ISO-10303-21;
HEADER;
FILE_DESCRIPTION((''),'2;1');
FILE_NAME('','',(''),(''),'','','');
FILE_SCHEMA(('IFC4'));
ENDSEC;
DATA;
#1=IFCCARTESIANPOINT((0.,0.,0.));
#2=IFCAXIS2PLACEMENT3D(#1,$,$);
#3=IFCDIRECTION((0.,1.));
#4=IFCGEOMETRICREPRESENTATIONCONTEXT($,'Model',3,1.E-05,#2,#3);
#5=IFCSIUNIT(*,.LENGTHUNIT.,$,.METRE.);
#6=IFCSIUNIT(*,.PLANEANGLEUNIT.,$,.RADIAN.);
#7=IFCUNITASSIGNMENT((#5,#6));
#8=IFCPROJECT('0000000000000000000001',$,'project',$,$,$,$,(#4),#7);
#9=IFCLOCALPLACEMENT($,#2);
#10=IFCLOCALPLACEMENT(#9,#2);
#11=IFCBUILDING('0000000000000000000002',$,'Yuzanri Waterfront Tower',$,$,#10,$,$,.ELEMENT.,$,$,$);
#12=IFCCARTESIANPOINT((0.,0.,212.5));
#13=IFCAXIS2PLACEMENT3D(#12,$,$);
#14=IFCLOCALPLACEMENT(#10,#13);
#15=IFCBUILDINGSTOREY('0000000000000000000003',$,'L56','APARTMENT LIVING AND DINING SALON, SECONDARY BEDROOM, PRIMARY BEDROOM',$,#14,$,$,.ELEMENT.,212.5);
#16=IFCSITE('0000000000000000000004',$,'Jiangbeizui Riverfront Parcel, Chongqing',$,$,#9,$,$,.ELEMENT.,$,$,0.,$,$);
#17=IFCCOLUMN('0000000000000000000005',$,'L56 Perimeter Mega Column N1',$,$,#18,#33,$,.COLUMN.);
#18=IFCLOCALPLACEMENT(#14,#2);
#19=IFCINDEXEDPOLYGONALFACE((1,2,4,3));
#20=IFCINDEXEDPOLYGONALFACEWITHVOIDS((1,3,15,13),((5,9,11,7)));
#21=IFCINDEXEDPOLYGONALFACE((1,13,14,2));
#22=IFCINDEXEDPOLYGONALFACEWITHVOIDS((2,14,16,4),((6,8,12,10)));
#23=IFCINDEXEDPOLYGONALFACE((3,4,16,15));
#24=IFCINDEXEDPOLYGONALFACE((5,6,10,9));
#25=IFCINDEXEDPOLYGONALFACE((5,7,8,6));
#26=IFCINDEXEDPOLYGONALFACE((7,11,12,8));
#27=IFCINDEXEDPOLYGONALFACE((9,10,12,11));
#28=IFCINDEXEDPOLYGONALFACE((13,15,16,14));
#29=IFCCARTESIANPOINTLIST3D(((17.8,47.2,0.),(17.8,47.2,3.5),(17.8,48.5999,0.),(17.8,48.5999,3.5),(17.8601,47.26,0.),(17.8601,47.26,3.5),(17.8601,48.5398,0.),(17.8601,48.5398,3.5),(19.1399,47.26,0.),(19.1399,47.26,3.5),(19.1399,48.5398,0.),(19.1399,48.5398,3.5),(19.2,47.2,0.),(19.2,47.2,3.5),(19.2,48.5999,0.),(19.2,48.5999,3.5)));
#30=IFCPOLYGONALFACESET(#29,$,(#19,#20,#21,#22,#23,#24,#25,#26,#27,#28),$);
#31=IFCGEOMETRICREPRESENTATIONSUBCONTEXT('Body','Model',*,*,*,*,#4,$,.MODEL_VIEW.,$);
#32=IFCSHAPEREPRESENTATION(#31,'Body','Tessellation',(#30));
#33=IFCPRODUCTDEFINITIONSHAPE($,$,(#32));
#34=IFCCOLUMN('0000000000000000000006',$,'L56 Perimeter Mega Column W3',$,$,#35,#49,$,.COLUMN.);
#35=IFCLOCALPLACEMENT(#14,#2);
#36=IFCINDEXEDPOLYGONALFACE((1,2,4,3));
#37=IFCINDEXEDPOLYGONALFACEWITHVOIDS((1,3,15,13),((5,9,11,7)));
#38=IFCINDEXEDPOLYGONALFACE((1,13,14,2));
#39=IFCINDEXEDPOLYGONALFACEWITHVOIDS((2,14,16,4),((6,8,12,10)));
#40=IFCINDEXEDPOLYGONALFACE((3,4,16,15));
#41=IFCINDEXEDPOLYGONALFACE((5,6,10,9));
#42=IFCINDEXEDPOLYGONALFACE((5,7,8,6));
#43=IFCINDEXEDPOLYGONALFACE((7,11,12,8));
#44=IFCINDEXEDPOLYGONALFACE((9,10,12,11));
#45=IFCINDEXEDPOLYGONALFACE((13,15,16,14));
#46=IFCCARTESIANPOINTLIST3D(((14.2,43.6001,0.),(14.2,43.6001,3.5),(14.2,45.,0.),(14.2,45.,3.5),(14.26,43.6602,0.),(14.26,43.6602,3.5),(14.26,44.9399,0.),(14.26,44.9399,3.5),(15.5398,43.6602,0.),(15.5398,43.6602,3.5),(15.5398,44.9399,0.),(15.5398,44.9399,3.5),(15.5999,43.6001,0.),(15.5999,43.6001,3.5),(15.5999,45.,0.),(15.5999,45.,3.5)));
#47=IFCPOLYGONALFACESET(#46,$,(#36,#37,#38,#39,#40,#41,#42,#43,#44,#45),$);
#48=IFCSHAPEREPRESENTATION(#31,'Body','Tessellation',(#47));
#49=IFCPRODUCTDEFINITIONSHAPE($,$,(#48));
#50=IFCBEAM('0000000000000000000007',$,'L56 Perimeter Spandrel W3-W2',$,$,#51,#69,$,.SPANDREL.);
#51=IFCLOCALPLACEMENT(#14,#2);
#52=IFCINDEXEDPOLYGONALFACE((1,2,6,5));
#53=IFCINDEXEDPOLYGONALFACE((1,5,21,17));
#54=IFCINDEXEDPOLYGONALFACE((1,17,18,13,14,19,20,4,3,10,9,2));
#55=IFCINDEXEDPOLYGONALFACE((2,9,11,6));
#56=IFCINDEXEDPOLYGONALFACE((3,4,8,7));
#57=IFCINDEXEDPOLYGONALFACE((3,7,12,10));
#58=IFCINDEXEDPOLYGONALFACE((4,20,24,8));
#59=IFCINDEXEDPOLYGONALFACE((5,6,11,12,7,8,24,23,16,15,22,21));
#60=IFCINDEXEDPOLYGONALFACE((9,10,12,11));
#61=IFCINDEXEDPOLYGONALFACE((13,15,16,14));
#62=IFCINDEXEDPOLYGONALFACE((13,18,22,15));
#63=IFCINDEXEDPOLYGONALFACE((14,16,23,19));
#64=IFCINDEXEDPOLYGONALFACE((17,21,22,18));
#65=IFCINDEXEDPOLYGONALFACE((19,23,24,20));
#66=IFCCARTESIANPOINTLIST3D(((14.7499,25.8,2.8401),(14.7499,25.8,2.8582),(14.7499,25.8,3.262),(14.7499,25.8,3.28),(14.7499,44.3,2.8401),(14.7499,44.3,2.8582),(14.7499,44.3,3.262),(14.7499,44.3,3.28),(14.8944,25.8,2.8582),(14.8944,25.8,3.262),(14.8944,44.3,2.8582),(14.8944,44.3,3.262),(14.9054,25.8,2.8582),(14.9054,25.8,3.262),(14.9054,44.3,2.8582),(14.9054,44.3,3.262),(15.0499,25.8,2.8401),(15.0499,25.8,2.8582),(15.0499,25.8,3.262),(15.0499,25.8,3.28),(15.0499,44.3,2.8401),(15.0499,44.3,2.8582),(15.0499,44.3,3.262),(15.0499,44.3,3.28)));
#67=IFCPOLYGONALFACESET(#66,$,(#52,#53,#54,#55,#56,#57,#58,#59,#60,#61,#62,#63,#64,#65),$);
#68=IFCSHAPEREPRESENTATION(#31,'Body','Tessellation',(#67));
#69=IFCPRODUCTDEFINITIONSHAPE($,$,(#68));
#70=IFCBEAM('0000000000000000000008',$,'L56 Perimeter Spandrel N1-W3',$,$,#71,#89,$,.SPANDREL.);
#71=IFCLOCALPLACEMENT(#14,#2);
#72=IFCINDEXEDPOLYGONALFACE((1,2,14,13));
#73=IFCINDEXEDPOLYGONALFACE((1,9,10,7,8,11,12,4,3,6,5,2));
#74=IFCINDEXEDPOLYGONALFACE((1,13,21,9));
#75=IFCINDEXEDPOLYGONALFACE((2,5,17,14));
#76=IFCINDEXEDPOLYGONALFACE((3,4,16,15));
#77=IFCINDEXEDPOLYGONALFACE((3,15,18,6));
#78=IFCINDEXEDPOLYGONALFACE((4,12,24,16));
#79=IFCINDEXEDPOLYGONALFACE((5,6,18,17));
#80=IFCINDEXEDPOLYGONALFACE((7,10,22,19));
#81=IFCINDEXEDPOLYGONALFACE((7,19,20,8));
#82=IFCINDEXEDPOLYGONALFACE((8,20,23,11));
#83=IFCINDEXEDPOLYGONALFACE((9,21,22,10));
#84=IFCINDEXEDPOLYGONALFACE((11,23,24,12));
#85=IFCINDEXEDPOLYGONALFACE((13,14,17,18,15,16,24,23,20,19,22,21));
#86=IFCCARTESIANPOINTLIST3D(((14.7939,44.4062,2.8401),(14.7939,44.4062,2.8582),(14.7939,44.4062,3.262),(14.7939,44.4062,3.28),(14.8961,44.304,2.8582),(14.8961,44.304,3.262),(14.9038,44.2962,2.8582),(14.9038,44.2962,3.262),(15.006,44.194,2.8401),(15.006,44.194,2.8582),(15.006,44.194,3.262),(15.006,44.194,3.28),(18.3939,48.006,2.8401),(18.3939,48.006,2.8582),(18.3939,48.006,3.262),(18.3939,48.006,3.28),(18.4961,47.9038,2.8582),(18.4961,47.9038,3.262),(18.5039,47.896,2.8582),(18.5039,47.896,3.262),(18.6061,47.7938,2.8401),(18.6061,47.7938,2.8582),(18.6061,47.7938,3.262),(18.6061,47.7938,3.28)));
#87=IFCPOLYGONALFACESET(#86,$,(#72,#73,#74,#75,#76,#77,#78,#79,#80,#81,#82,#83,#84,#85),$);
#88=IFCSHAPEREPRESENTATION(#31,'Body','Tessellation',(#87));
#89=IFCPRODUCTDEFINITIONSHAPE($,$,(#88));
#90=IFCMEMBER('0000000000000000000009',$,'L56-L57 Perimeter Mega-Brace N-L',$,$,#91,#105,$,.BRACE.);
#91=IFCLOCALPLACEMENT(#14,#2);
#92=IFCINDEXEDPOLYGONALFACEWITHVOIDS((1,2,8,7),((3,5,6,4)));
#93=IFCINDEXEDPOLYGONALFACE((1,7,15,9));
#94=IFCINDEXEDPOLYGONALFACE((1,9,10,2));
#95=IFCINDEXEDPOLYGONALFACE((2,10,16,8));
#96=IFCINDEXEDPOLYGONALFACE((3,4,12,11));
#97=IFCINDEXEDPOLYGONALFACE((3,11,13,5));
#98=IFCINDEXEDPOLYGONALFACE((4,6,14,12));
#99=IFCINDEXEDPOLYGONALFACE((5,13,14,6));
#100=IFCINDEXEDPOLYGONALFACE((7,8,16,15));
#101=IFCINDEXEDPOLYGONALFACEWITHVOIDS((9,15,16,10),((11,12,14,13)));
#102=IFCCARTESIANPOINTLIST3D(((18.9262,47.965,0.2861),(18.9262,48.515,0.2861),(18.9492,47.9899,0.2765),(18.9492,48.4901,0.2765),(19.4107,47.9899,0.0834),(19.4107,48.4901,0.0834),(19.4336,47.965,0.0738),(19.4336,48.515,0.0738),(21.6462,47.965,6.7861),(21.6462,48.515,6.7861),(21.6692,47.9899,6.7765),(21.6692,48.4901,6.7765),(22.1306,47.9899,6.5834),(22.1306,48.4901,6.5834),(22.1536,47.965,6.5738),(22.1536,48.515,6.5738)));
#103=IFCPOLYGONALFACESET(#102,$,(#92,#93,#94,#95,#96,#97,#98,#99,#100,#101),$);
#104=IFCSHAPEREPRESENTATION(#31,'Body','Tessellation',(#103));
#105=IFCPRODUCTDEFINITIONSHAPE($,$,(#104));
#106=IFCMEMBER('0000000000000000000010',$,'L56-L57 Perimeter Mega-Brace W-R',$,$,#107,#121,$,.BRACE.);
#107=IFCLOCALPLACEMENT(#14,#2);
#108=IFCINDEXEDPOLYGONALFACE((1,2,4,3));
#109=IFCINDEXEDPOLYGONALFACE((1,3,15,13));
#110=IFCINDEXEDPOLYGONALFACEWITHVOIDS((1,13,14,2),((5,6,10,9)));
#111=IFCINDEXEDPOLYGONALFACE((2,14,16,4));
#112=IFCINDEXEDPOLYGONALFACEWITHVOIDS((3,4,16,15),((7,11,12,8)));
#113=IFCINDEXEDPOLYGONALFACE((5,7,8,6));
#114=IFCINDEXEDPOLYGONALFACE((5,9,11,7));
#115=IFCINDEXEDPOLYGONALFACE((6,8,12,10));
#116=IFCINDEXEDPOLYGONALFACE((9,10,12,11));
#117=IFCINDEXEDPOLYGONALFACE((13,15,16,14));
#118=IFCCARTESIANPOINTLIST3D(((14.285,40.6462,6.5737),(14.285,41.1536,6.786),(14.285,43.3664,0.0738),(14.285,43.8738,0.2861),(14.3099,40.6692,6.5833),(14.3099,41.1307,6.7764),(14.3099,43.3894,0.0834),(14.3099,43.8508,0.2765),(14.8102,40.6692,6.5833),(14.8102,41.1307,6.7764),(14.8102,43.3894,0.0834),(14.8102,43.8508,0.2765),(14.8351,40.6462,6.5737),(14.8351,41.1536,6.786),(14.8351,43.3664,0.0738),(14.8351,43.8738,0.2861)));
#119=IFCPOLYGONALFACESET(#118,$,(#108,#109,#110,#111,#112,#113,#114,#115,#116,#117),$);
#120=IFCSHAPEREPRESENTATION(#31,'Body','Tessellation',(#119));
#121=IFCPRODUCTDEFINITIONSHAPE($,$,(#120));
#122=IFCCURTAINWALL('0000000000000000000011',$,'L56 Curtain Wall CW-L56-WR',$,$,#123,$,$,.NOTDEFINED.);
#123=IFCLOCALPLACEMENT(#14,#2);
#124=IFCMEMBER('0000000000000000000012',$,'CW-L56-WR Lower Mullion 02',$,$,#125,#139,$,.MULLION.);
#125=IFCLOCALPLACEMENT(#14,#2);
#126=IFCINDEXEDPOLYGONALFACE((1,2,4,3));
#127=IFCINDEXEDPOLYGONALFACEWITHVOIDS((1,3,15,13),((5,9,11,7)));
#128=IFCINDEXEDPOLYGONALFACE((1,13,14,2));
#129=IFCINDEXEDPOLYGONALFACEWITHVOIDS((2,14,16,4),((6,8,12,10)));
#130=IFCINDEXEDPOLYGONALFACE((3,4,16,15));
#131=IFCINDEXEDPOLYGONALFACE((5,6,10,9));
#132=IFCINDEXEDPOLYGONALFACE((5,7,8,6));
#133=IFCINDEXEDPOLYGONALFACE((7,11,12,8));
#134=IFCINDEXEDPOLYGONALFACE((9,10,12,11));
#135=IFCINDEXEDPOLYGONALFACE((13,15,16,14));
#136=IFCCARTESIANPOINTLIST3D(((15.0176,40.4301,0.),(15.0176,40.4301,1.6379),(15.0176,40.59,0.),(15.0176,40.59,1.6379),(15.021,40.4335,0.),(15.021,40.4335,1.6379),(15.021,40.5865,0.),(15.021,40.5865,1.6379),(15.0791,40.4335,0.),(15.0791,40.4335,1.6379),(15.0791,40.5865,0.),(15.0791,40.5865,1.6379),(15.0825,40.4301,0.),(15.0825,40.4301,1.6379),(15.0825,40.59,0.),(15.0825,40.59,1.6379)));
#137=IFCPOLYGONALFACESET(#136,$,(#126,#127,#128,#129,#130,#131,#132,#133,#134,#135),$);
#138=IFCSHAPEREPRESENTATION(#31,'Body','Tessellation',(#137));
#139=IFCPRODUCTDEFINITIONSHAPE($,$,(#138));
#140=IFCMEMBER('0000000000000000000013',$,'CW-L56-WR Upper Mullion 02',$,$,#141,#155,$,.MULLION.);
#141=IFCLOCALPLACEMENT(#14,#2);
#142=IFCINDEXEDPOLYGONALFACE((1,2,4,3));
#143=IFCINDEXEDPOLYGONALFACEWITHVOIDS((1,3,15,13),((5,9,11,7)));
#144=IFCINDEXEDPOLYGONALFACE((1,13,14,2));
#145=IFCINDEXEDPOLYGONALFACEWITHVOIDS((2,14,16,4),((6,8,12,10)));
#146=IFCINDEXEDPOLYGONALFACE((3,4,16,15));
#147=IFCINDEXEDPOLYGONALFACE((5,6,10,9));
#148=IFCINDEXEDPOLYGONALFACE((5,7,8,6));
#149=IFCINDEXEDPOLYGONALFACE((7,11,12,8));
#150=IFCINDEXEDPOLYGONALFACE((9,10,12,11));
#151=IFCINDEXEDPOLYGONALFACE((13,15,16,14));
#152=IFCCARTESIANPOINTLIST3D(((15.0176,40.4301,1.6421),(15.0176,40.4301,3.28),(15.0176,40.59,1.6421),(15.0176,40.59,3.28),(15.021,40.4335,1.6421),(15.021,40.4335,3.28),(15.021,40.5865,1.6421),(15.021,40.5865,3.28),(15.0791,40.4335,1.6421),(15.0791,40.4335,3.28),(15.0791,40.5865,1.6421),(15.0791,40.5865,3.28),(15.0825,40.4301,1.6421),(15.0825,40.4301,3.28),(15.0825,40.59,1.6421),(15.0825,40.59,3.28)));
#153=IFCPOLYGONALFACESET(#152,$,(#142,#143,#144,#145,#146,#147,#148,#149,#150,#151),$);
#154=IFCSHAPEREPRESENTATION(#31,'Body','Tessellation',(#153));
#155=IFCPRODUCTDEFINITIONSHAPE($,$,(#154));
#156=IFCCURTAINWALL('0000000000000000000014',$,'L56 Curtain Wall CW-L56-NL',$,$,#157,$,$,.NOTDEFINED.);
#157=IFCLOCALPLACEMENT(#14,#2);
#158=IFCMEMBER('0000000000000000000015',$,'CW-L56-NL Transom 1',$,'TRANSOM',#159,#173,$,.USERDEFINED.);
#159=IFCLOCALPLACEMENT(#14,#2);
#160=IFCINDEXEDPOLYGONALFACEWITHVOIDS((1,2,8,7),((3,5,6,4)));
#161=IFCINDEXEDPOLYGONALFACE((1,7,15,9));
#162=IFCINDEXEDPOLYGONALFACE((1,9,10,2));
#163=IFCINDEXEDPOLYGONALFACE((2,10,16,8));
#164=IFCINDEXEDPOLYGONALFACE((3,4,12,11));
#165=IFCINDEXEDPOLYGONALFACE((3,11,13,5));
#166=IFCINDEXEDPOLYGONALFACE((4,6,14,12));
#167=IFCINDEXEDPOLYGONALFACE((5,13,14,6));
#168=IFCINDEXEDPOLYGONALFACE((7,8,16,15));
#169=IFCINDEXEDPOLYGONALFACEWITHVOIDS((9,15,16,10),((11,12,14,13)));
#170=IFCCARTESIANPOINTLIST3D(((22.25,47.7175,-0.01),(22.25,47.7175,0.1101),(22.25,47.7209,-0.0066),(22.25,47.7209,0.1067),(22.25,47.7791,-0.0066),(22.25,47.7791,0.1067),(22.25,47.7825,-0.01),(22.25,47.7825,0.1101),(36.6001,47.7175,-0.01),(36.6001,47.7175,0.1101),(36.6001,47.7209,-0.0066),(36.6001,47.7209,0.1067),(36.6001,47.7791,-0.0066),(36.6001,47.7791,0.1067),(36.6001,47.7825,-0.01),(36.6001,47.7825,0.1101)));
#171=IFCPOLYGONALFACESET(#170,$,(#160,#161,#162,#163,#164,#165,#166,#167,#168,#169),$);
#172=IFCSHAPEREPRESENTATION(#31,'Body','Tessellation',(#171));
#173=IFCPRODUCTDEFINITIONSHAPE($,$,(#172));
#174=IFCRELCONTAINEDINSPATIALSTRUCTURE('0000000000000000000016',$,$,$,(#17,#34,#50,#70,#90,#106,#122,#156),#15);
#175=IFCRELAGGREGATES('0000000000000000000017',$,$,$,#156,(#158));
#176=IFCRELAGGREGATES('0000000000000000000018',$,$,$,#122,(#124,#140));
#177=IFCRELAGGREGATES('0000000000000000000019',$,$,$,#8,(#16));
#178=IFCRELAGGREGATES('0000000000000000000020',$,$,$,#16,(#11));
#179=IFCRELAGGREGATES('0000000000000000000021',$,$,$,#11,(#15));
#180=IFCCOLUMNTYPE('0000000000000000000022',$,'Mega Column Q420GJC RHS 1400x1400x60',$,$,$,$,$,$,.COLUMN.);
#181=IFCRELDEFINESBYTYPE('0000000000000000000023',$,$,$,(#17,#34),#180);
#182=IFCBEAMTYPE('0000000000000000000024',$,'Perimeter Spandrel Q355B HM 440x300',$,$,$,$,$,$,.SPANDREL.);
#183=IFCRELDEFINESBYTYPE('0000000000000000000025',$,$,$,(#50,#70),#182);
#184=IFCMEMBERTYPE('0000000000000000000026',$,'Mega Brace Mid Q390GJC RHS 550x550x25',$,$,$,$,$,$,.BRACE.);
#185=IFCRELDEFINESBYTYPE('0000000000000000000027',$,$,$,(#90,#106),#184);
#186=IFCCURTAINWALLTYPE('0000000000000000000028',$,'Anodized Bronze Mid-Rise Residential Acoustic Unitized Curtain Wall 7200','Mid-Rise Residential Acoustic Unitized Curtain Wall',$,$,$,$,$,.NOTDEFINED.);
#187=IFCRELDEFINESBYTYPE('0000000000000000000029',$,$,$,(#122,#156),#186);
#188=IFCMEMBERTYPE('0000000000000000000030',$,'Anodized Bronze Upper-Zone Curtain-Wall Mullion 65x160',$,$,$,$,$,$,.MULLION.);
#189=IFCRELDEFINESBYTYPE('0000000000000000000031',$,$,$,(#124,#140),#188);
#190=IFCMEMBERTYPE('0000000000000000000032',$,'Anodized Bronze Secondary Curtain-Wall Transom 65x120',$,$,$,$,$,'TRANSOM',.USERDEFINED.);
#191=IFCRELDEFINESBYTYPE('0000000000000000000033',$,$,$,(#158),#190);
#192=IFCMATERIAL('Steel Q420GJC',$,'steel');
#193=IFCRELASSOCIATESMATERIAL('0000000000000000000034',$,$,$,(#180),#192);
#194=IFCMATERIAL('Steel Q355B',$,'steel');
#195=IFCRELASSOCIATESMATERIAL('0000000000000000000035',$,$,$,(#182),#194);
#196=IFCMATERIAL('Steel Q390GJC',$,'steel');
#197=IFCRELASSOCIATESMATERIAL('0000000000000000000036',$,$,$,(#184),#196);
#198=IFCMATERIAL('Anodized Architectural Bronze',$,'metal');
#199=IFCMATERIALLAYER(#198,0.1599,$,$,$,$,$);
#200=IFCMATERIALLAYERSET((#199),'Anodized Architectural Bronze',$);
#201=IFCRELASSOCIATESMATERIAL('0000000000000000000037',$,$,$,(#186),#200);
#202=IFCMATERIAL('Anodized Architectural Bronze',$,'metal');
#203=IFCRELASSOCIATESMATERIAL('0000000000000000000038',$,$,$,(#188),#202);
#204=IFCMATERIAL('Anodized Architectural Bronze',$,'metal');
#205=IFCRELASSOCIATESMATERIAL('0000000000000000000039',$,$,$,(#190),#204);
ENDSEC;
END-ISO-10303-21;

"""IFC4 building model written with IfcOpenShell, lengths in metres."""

from ifc_helpers import new_model, si_unit, direction, frame, origin, origin_2d, place, context, subcontext, project, spatial, hollow_rectangle, i_section, extrude, source, transform, mapped, material, layer, layer_set, material_profile, profile_set, type_object, element, aggregate, save


model = new_model("IFC4")

# Units and contexts
model_context = context("Model", 3, precision=1e-05, world=origin(), true_north=direction((0.0, 1.0)))
body_context = subcontext(model_context, "Body", "Model", "MODEL_VIEW")
ifc_project = project(units=[si_unit("LENGTHUNIT", "METRE"), si_unit("PLANEANGLEUNIT", "RADIAN")], contexts=[model_context])

# Site, building, storey
site_placement = place(None, origin())
site = spatial("IfcSite", under=ifc_project, at=site_placement, Name="Jiangbeizui Riverfront Parcel, Chongqing", CompositionType="ELEMENT", RefElevation=0.0)
building_placement = place(site_placement, origin())
building = spatial("IfcBuilding", under=site, at=building_placement, Name="Yuzanri Waterfront Tower", CompositionType="ELEMENT")
storey_placement = place(building_placement, frame((0.0, 0.0, 212.5)))
storey = spatial("IfcBuildingStorey", under=building, at=storey_placement, Name="L56", Description="APARTMENT LIVING AND DINING SALON, SECONDARY BEDROOM, PRIMARY BEDROOM", CompositionType="ELEMENT", Elevation=212.5)

# Columns
ifc_material_1 = material(Name="Steel Q420GJC", Category="steel")
ifc_material_profile_1 = material_profile(ifc_material_1, hollow_rectangle(XDim=1.3999, YDim=1.3999, WallThickness=0.0601, at=origin_2d()), Name="RHS 1400x1400x60")
ifc_profile_set_1 = profile_set([ifc_material_profile_1], Name="Steel Q420GJC")
column_type = type_object("IfcColumnType", Name="Mega Column Q420GJC RHS 1400x1400x60", PredefinedType="COLUMN", material=ifc_profile_set_1)
shared_shape_1 = source(origin(), body_context, "Body", "SweptSolid", [
    extrude(hollow_rectangle(XDim=1.3999, YDim=1.3999, WallThickness=0.0601, at=origin_2d()), origin(), (0.0, 0.0, 1.0), 3.5),
])
for number, where, z_axis, x_axis, name in (
    (1, (18.5, 47.8999, 0.0), (0.0, 0.0, 1.0), (1.0, 0.0, 0.0), "L56 Perimeter Mega Column N1"),
    (2, (14.8999, 44.3, 0.0), (0.0, 0.0, 1.0), (1.0, 0.0, 0.0), "L56 Perimeter Mega Column W3"),
):
    element("IfcColumn", number, at=place(storey_placement, frame(where, z_axis=z_axis, x_axis=x_axis)), inside=storey, type_object=column_type, Name=name, PredefinedType="COLUMN", context=body_context, shape_type="MappedRepresentation", body=[
        mapped(shared_shape_1, transform((0.0, 0.0, 0.0), scale=1.0)),
    ])

# Beams
ifc_material_2 = material(Name="Steel Q355B", Category="steel")
ifc_material_profile_2 = material_profile(ifc_material_2, i_section(OverallWidth=0.3, OverallDepth=0.4399, WebThickness=0.011, FlangeThickness=0.0181, at=origin_2d()), Name="HM 440x300x11x18")
ifc_profile_set_2 = profile_set([ifc_material_profile_2], Name="Steel Q355B")
beam_type = type_object("IfcBeamType", Name="Perimeter Spandrel Q355B HM 440x300", PredefinedType="SPANDREL", material=ifc_profile_set_2)
shared_shape_2 = source(origin(), body_context, "Body", "SweptSolid", [
    extrude(i_section(OverallWidth=0.3, OverallDepth=0.4399, WebThickness=0.011, FlangeThickness=0.0181, at=origin_2d()), origin(), (0.0, 0.0, 1.0), 18.5),
])
beam_1_placement = place(storey_placement, frame((14.8999, 44.3, 3.0601), z_axis=(0.0, -1.0, 0.0), x_axis=(1.0, 0.0, 0.0)))
element("IfcBeam", 3, at=beam_1_placement, inside=storey, type_object=beam_type, Name="L56 Perimeter Spandrel W3-W2", PredefinedType="SPANDREL", context=body_context, shape_type="MappedRepresentation", body=[
    mapped(shared_shape_2, transform((0.0, 0.0, 0.0), scale=1.0)),
])
shared_shape_3 = source(origin(), body_context, "Body", "SweptSolid", [
    extrude(i_section(OverallWidth=0.3, OverallDepth=0.4399, WebThickness=0.011, FlangeThickness=0.0181, at=origin_2d()), origin(), (0.0, 0.0, 1.0), 5.0911),
])
beam_2_placement = place(storey_placement, frame((18.5, 47.8999, 3.0601), z_axis=(-0.707131, -0.707083, 0.0), x_axis=(0.707083, -0.707131, 0.0)))
element("IfcBeam", 4, at=beam_2_placement, inside=storey, type_object=beam_type, Name="L56 Perimeter Spandrel N1-W3", PredefinedType="SPANDREL", context=body_context, shape_type="MappedRepresentation", body=[
    mapped(shared_shape_3, transform((0.0, 0.0, 0.0), scale=1.0)),
])

# Members
ifc_material_3 = material(Name="Steel Q390GJC", Category="steel")
ifc_material_profile_3 = material_profile(ifc_material_3, hollow_rectangle(XDim=0.55, YDim=0.55, WallThickness=0.0249, at=origin_2d()), Name="RHS 550x550x25")
ifc_profile_set_3 = profile_set([ifc_material_profile_3], Name="Steel Q390GJC")
member_type_1 = type_object("IfcMemberType", Name="Mega Brace Mid Q390GJC RHS 550x550x25", PredefinedType="BRACE", material=ifc_profile_set_3)
shared_shape_4 = source(origin(), body_context, "Body", "SweptSolid", [
    extrude(hollow_rectangle(XDim=0.55, YDim=0.55, WallThickness=0.0249, at=origin_2d()), origin(), (0.0, 0.0, 1.0), 7.0461),
])
for number, where, z_axis, x_axis, name in (
    (5, (19.1799, 48.24, 0.1799), (0.386022, 0.0, 0.922489), (0.0, 1.0, 0.0), "L56-L57 Perimeter Mega-Brace N-L"),
    (6, (14.5601, 43.6201, 0.1799), (0.0, -0.386052, 0.922477), (1.0, 0.0, 0.0), "L56-L57 Perimeter Mega-Brace W-R"),
):
    element("IfcMember", number, at=place(storey_placement, frame(where, z_axis=z_axis, x_axis=x_axis)), inside=storey, type_object=member_type_1, Name=name, PredefinedType="BRACE", context=body_context, shape_type="MappedRepresentation", body=[
        mapped(shared_shape_4, transform((0.0, 0.0, 0.0), scale=1.0)),
    ])

# Curtain walls, members
ifc_material_4 = material(Name="Anodized Architectural Bronze", Category="metal")
ifc_layer_1 = layer(ifc_material_4, 0.1599)
ifc_layer_set_1 = layer_set([ifc_layer_1], Name="Anodized Architectural Bronze")
curtain_wall_type = type_object("IfcCurtainWallType", Name="Anodized Bronze Mid-Rise Residential Acoustic Unitized Curtain Wall 7200", Description="Mid-Rise Residential Acoustic Unitized Curtain Wall", PredefinedType="NOTDEFINED", material=ifc_layer_set_1)
curtain_wall_1_placement = place(storey_placement, origin())
curtain_wall_1 = element("IfcCurtainWall", 7, at=curtain_wall_1_placement, inside=storey, type_object=curtain_wall_type, Name="L56 Curtain Wall CW-L56-WR", PredefinedType="NOTDEFINED")
ifc_material_5 = material(Name="Anodized Architectural Bronze", Category="metal")
ifc_material_profile_4 = material_profile(ifc_material_5, hollow_rectangle(XDim=0.0649, YDim=0.1599, WallThickness=0.0034, at=origin_2d()), Name="CWM 65x160")
ifc_profile_set_4 = profile_set([ifc_material_profile_4], Name="Anodized Architectural Bronze")
member_type_2 = type_object("IfcMemberType", Name="Anodized Bronze Upper-Zone Curtain-Wall Mullion 65x160", PredefinedType="MULLION", material=ifc_profile_set_4)
shared_shape_5 = source(origin(), body_context, "Body", "SweptSolid", [
    extrude(hollow_rectangle(XDim=0.0649, YDim=0.1599, WallThickness=0.0034, at=origin_2d()), origin(), (0.0, 0.0, 1.0), 1.6379),
])
member_1_placement = place(storey_placement, frame((15.05, 40.51, 0.0), z_axis=(0.0, 0.0, 1.0), x_axis=(1.0, 0.0, 0.0)))
member_1 = element("IfcMember", 8, at=member_1_placement, type_object=member_type_2, Name="CW-L56-WR Lower Mullion 02", PredefinedType="MULLION", context=body_context, shape_type="MappedRepresentation", body=[
    mapped(shared_shape_5, transform((0.0, 0.0, 0.0), scale=1.0)),
])
member_2_placement = place(storey_placement, frame((15.05, 40.51, 1.6421), z_axis=(0.0, 0.0, 1.0), x_axis=(1.0, 0.0, 0.0)))
member_2 = element("IfcMember", 9, at=member_2_placement, type_object=member_type_2, Name="CW-L56-WR Upper Mullion 02", PredefinedType="MULLION", context=body_context, shape_type="MappedRepresentation", body=[
    mapped(shared_shape_5, transform((0.0, 0.0, 0.0), scale=1.0)),
])
curtain_wall_2_placement = place(storey_placement, origin())
curtain_wall_2 = element("IfcCurtainWall", 10, at=curtain_wall_2_placement, inside=storey, type_object=curtain_wall_type, Name="L56 Curtain Wall CW-L56-NL", PredefinedType="NOTDEFINED")
ifc_material_6 = material(Name="Anodized Architectural Bronze", Category="metal")
ifc_material_profile_5 = material_profile(ifc_material_6, hollow_rectangle(XDim=0.0649, YDim=0.1201, WallThickness=0.0034, at=origin_2d()), Name="CWT 65x120")
ifc_profile_set_5 = profile_set([ifc_material_profile_5], Name="Anodized Architectural Bronze")
member_type_3 = type_object("IfcMemberType", Name="Anodized Bronze Secondary Curtain-Wall Transom 65x120", ElementType="TRANSOM", PredefinedType="USERDEFINED", material=ifc_profile_set_5)
shared_shape_6 = source(origin(), body_context, "Body", "SweptSolid", [
    extrude(hollow_rectangle(XDim=0.0649, YDim=0.1201, WallThickness=0.0034, at=origin_2d()), origin(), (0.0, 0.0, 1.0), 14.3501),
])
member_3_placement = place(storey_placement, frame((22.25, 47.75, 0.05), z_axis=(1.0, 0.0, 0.0), x_axis=(0.0, 1.0, 0.0)))
member_3 = element("IfcMember", 11, at=member_3_placement, type_object=member_type_3, Name="CW-L56-NL Transom 1", ObjectType="TRANSOM", PredefinedType="USERDEFINED", context=body_context, shape_type="MappedRepresentation", body=[
    mapped(shared_shape_6, transform((0.0, 0.0, 0.0), scale=1.0)),
])
aggregate(curtain_wall_2, [member_3])

aggregate(curtain_wall_1, [member_1, member_2])

save(model, "model.ifc")
